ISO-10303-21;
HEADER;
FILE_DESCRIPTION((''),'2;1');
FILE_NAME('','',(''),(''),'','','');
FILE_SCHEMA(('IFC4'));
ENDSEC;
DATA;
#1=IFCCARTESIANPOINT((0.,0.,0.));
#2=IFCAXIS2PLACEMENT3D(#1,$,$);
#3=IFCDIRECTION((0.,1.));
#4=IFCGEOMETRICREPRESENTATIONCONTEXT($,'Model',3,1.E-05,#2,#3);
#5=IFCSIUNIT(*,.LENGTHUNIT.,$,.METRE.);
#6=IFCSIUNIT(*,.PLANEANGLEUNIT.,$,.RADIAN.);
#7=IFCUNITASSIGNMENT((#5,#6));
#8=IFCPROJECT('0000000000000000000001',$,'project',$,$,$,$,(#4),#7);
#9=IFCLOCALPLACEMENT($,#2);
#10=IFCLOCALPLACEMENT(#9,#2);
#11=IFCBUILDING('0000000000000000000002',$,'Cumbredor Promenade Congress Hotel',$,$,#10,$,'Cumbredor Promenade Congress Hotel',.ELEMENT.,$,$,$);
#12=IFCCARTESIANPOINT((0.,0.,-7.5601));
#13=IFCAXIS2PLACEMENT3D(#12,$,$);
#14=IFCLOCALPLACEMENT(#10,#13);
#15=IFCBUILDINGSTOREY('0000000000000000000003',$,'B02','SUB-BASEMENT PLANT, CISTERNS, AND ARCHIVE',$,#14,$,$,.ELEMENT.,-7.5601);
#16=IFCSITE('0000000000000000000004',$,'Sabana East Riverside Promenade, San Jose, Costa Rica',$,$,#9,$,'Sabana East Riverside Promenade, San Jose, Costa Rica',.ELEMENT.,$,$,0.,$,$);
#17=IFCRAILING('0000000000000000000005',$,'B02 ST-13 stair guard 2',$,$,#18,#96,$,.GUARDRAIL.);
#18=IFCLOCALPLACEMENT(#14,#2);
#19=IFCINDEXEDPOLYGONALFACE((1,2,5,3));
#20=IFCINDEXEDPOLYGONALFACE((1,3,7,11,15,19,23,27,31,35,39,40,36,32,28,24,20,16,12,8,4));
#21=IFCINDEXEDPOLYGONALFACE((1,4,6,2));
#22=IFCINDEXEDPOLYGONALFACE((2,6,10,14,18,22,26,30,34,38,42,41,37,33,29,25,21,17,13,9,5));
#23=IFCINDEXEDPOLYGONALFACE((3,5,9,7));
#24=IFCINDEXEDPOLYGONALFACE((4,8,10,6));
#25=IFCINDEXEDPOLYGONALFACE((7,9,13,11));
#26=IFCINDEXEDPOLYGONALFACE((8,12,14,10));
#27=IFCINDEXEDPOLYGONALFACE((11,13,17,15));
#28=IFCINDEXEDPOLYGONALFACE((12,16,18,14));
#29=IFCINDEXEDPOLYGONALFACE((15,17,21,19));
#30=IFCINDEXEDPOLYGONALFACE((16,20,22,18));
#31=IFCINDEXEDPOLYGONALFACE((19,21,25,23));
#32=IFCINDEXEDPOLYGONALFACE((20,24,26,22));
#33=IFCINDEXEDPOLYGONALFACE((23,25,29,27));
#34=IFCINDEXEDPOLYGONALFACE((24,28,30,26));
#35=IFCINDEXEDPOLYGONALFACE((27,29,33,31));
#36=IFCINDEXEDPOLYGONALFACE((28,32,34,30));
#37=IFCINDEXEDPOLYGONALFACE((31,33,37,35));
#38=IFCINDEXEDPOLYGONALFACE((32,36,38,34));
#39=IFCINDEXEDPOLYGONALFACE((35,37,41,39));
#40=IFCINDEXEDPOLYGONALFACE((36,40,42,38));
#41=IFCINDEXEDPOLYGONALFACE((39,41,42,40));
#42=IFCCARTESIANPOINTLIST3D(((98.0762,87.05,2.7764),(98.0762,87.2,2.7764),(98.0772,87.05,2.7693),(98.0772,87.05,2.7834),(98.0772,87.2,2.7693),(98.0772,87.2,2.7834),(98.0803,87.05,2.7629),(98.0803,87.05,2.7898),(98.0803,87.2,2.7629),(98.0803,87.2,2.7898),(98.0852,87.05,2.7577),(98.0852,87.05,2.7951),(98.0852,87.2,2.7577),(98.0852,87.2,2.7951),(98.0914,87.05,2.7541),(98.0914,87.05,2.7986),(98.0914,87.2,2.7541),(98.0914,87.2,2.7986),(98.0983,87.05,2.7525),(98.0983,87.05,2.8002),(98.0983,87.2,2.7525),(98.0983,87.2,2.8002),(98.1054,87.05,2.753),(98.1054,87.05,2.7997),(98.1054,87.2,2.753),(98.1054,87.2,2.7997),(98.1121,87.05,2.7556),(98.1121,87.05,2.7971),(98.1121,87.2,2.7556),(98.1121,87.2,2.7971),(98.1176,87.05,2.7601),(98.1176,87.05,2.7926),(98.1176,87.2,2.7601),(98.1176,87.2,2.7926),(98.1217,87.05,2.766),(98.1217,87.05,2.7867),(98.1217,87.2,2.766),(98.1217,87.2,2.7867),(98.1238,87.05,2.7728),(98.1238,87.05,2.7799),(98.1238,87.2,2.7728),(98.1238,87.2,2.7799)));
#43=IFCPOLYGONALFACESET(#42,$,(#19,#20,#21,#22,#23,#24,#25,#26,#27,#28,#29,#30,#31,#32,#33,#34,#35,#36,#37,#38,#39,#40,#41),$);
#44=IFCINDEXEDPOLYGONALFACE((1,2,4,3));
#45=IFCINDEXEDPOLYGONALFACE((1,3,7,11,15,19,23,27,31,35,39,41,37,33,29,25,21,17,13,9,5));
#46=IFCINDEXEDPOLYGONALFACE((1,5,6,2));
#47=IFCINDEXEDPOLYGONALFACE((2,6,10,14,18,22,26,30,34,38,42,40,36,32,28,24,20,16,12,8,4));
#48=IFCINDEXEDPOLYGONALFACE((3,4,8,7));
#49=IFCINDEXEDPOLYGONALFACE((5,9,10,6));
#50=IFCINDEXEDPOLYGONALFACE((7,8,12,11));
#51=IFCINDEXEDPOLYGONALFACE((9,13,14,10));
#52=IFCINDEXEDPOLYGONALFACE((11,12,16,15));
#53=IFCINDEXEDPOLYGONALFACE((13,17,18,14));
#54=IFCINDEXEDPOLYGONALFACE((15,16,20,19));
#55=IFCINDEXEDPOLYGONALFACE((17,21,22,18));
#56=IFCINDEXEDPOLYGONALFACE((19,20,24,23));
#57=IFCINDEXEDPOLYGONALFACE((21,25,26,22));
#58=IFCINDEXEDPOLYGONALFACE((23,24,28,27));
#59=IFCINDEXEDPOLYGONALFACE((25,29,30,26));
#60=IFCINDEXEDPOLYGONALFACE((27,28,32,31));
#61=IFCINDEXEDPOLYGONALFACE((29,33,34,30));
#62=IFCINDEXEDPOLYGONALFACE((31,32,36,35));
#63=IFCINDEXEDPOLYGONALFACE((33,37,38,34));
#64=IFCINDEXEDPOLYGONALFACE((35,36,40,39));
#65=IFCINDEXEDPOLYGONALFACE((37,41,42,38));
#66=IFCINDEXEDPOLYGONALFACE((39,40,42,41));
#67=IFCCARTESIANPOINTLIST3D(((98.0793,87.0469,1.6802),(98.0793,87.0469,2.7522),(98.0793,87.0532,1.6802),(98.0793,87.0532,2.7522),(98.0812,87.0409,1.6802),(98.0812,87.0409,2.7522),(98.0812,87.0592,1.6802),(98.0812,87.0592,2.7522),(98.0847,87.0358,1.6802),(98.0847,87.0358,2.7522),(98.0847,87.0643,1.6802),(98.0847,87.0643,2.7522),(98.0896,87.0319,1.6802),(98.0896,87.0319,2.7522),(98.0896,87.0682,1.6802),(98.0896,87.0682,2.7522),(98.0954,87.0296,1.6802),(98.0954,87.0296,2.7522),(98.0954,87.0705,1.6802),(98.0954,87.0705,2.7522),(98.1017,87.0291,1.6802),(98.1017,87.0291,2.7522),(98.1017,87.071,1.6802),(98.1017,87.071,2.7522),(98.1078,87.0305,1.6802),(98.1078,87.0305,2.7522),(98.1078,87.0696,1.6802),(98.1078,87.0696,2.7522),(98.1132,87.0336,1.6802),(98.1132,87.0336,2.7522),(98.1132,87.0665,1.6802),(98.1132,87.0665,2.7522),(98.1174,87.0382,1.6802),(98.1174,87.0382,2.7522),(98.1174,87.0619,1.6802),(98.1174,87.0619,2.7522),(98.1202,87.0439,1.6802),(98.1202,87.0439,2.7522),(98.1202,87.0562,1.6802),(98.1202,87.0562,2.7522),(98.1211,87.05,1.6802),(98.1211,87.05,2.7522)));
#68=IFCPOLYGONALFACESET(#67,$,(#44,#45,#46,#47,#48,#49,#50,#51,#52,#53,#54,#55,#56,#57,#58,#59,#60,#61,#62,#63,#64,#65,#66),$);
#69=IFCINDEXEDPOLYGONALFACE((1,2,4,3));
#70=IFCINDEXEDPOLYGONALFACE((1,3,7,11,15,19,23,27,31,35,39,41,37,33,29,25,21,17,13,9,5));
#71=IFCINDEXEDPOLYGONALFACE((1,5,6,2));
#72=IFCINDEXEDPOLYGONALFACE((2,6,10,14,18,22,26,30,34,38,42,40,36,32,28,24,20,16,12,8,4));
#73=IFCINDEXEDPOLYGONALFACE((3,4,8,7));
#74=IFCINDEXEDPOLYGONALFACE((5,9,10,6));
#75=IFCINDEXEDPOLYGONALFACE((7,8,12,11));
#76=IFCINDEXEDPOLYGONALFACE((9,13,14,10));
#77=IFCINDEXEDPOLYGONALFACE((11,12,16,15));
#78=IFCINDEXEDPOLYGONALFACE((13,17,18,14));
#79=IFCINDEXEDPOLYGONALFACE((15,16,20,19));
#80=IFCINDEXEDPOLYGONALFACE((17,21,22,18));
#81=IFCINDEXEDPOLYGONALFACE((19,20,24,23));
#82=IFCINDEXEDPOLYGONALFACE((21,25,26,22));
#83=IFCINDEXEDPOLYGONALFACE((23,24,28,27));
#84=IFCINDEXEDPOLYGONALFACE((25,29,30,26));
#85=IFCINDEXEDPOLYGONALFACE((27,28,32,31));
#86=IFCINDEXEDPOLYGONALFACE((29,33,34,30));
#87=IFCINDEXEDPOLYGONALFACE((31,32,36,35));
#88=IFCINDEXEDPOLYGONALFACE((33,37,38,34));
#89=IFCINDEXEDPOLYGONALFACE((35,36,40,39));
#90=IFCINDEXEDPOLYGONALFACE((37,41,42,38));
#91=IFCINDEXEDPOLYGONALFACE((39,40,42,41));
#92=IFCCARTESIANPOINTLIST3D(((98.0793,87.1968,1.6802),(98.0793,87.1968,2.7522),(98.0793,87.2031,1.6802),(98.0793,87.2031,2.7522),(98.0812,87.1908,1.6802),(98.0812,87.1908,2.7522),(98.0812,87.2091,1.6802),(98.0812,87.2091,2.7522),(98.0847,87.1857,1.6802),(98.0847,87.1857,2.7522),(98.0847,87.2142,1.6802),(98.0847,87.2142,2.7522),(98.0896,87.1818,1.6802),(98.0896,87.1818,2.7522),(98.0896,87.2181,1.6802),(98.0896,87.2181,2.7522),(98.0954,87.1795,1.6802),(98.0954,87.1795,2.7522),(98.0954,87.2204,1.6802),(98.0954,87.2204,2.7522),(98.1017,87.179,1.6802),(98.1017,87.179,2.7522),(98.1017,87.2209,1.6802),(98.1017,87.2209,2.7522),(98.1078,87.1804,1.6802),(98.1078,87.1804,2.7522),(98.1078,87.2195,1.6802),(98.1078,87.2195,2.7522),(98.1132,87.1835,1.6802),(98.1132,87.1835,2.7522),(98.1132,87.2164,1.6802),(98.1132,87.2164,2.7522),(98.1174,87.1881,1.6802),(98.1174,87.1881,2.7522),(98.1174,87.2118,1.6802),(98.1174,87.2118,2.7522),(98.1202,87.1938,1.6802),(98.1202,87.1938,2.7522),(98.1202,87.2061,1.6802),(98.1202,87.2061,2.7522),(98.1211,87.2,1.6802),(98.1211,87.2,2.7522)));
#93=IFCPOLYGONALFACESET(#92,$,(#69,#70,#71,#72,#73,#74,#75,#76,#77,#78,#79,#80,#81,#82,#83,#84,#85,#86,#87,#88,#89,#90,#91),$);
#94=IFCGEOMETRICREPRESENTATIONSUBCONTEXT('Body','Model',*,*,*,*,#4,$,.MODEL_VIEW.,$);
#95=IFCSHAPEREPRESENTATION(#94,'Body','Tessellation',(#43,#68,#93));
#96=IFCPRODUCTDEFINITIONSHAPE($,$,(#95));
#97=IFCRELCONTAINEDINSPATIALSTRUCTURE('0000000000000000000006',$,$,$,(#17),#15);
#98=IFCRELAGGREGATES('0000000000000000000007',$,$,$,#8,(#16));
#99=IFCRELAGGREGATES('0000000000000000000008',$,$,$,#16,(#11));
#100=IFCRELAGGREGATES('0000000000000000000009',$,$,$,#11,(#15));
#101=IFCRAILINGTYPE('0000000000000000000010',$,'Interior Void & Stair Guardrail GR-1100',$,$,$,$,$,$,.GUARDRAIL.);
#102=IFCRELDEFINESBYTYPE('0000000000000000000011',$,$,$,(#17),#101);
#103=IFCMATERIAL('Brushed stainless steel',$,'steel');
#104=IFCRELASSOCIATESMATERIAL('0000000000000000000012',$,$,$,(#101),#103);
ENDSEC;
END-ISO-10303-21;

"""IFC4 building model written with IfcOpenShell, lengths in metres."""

from ifc_helpers import new_model, si_unit, direction, frame, origin, origin_2d, place, context, subcontext, project, spatial, circle, extrude, material, type_object, element, save


model = new_model("IFC4")

# Units and contexts
model_context = context("Model", 3, precision=1e-05, world=origin(), true_north=direction((0.0, 1.0)))
body_context = subcontext(model_context, "Body", "Model", "MODEL_VIEW")
ifc_project = project(units=[si_unit("LENGTHUNIT", "METRE"), si_unit("PLANEANGLEUNIT", "RADIAN")], contexts=[model_context])

# Site, building, storey
site_placement = place(None, origin())
site = spatial("IfcSite", under=ifc_project, at=site_placement, Name="Sabana East Riverside Promenade, San Jose, Costa Rica", LongName="Sabana East Riverside Promenade, San Jose, Costa Rica", CompositionType="ELEMENT", RefElevation=0.0)
building_placement = place(site_placement, origin())
building = spatial("IfcBuilding", under=site, at=building_placement, Name="Cumbredor Promenade Congress Hotel", LongName="Cumbredor Promenade Congress Hotel", CompositionType="ELEMENT")
storey_placement = place(building_placement, frame((0.0, 0.0, -7.5601)))
storey = spatial("IfcBuildingStorey", under=building, at=storey_placement, Name="B02", Description="SUB-BASEMENT PLANT, CISTERNS, AND ARCHIVE", CompositionType="ELEMENT", Elevation=-7.5601)

# Railing
ifc_material_1 = material(Name="Brushed stainless steel", Category="steel")
railing_type_1 = type_object("IfcRailingType", Name="Interior Void & Stair Guardrail GR-1100", PredefinedType="GUARDRAIL", material=ifc_material_1)
railing_1_placement = place(storey_placement, frame((98.1001, 87.05, 1.6802)))
element("IfcRailing", 1, at=railing_1_placement, inside=storey, type_object=railing_type_1, Name="B02 ST-13 stair guard 2", PredefinedType="GUARDRAIL", context=body_context, shape_type="SweptSolid", body=[
    extrude(circle(Radius=0.0239, at=origin_2d()), frame((0.0, 0.0, 1.0962), z_axis=(0.0, 1.0, 0.0), x_axis=(-1.0, 0.0, 0.0)), (0.0, 0.0, 1.0), 0.1499),
    extrude(circle(Radius=0.021, at=origin_2d()), origin(), (0.0, 0.0, 1.0), 1.072),
    extrude(circle(Radius=0.021, at=origin_2d()), frame((0.0, 0.1499, 0.0)), (0.0, 0.0, 1.0), 1.072),
])

save(model, "model.ifc")
